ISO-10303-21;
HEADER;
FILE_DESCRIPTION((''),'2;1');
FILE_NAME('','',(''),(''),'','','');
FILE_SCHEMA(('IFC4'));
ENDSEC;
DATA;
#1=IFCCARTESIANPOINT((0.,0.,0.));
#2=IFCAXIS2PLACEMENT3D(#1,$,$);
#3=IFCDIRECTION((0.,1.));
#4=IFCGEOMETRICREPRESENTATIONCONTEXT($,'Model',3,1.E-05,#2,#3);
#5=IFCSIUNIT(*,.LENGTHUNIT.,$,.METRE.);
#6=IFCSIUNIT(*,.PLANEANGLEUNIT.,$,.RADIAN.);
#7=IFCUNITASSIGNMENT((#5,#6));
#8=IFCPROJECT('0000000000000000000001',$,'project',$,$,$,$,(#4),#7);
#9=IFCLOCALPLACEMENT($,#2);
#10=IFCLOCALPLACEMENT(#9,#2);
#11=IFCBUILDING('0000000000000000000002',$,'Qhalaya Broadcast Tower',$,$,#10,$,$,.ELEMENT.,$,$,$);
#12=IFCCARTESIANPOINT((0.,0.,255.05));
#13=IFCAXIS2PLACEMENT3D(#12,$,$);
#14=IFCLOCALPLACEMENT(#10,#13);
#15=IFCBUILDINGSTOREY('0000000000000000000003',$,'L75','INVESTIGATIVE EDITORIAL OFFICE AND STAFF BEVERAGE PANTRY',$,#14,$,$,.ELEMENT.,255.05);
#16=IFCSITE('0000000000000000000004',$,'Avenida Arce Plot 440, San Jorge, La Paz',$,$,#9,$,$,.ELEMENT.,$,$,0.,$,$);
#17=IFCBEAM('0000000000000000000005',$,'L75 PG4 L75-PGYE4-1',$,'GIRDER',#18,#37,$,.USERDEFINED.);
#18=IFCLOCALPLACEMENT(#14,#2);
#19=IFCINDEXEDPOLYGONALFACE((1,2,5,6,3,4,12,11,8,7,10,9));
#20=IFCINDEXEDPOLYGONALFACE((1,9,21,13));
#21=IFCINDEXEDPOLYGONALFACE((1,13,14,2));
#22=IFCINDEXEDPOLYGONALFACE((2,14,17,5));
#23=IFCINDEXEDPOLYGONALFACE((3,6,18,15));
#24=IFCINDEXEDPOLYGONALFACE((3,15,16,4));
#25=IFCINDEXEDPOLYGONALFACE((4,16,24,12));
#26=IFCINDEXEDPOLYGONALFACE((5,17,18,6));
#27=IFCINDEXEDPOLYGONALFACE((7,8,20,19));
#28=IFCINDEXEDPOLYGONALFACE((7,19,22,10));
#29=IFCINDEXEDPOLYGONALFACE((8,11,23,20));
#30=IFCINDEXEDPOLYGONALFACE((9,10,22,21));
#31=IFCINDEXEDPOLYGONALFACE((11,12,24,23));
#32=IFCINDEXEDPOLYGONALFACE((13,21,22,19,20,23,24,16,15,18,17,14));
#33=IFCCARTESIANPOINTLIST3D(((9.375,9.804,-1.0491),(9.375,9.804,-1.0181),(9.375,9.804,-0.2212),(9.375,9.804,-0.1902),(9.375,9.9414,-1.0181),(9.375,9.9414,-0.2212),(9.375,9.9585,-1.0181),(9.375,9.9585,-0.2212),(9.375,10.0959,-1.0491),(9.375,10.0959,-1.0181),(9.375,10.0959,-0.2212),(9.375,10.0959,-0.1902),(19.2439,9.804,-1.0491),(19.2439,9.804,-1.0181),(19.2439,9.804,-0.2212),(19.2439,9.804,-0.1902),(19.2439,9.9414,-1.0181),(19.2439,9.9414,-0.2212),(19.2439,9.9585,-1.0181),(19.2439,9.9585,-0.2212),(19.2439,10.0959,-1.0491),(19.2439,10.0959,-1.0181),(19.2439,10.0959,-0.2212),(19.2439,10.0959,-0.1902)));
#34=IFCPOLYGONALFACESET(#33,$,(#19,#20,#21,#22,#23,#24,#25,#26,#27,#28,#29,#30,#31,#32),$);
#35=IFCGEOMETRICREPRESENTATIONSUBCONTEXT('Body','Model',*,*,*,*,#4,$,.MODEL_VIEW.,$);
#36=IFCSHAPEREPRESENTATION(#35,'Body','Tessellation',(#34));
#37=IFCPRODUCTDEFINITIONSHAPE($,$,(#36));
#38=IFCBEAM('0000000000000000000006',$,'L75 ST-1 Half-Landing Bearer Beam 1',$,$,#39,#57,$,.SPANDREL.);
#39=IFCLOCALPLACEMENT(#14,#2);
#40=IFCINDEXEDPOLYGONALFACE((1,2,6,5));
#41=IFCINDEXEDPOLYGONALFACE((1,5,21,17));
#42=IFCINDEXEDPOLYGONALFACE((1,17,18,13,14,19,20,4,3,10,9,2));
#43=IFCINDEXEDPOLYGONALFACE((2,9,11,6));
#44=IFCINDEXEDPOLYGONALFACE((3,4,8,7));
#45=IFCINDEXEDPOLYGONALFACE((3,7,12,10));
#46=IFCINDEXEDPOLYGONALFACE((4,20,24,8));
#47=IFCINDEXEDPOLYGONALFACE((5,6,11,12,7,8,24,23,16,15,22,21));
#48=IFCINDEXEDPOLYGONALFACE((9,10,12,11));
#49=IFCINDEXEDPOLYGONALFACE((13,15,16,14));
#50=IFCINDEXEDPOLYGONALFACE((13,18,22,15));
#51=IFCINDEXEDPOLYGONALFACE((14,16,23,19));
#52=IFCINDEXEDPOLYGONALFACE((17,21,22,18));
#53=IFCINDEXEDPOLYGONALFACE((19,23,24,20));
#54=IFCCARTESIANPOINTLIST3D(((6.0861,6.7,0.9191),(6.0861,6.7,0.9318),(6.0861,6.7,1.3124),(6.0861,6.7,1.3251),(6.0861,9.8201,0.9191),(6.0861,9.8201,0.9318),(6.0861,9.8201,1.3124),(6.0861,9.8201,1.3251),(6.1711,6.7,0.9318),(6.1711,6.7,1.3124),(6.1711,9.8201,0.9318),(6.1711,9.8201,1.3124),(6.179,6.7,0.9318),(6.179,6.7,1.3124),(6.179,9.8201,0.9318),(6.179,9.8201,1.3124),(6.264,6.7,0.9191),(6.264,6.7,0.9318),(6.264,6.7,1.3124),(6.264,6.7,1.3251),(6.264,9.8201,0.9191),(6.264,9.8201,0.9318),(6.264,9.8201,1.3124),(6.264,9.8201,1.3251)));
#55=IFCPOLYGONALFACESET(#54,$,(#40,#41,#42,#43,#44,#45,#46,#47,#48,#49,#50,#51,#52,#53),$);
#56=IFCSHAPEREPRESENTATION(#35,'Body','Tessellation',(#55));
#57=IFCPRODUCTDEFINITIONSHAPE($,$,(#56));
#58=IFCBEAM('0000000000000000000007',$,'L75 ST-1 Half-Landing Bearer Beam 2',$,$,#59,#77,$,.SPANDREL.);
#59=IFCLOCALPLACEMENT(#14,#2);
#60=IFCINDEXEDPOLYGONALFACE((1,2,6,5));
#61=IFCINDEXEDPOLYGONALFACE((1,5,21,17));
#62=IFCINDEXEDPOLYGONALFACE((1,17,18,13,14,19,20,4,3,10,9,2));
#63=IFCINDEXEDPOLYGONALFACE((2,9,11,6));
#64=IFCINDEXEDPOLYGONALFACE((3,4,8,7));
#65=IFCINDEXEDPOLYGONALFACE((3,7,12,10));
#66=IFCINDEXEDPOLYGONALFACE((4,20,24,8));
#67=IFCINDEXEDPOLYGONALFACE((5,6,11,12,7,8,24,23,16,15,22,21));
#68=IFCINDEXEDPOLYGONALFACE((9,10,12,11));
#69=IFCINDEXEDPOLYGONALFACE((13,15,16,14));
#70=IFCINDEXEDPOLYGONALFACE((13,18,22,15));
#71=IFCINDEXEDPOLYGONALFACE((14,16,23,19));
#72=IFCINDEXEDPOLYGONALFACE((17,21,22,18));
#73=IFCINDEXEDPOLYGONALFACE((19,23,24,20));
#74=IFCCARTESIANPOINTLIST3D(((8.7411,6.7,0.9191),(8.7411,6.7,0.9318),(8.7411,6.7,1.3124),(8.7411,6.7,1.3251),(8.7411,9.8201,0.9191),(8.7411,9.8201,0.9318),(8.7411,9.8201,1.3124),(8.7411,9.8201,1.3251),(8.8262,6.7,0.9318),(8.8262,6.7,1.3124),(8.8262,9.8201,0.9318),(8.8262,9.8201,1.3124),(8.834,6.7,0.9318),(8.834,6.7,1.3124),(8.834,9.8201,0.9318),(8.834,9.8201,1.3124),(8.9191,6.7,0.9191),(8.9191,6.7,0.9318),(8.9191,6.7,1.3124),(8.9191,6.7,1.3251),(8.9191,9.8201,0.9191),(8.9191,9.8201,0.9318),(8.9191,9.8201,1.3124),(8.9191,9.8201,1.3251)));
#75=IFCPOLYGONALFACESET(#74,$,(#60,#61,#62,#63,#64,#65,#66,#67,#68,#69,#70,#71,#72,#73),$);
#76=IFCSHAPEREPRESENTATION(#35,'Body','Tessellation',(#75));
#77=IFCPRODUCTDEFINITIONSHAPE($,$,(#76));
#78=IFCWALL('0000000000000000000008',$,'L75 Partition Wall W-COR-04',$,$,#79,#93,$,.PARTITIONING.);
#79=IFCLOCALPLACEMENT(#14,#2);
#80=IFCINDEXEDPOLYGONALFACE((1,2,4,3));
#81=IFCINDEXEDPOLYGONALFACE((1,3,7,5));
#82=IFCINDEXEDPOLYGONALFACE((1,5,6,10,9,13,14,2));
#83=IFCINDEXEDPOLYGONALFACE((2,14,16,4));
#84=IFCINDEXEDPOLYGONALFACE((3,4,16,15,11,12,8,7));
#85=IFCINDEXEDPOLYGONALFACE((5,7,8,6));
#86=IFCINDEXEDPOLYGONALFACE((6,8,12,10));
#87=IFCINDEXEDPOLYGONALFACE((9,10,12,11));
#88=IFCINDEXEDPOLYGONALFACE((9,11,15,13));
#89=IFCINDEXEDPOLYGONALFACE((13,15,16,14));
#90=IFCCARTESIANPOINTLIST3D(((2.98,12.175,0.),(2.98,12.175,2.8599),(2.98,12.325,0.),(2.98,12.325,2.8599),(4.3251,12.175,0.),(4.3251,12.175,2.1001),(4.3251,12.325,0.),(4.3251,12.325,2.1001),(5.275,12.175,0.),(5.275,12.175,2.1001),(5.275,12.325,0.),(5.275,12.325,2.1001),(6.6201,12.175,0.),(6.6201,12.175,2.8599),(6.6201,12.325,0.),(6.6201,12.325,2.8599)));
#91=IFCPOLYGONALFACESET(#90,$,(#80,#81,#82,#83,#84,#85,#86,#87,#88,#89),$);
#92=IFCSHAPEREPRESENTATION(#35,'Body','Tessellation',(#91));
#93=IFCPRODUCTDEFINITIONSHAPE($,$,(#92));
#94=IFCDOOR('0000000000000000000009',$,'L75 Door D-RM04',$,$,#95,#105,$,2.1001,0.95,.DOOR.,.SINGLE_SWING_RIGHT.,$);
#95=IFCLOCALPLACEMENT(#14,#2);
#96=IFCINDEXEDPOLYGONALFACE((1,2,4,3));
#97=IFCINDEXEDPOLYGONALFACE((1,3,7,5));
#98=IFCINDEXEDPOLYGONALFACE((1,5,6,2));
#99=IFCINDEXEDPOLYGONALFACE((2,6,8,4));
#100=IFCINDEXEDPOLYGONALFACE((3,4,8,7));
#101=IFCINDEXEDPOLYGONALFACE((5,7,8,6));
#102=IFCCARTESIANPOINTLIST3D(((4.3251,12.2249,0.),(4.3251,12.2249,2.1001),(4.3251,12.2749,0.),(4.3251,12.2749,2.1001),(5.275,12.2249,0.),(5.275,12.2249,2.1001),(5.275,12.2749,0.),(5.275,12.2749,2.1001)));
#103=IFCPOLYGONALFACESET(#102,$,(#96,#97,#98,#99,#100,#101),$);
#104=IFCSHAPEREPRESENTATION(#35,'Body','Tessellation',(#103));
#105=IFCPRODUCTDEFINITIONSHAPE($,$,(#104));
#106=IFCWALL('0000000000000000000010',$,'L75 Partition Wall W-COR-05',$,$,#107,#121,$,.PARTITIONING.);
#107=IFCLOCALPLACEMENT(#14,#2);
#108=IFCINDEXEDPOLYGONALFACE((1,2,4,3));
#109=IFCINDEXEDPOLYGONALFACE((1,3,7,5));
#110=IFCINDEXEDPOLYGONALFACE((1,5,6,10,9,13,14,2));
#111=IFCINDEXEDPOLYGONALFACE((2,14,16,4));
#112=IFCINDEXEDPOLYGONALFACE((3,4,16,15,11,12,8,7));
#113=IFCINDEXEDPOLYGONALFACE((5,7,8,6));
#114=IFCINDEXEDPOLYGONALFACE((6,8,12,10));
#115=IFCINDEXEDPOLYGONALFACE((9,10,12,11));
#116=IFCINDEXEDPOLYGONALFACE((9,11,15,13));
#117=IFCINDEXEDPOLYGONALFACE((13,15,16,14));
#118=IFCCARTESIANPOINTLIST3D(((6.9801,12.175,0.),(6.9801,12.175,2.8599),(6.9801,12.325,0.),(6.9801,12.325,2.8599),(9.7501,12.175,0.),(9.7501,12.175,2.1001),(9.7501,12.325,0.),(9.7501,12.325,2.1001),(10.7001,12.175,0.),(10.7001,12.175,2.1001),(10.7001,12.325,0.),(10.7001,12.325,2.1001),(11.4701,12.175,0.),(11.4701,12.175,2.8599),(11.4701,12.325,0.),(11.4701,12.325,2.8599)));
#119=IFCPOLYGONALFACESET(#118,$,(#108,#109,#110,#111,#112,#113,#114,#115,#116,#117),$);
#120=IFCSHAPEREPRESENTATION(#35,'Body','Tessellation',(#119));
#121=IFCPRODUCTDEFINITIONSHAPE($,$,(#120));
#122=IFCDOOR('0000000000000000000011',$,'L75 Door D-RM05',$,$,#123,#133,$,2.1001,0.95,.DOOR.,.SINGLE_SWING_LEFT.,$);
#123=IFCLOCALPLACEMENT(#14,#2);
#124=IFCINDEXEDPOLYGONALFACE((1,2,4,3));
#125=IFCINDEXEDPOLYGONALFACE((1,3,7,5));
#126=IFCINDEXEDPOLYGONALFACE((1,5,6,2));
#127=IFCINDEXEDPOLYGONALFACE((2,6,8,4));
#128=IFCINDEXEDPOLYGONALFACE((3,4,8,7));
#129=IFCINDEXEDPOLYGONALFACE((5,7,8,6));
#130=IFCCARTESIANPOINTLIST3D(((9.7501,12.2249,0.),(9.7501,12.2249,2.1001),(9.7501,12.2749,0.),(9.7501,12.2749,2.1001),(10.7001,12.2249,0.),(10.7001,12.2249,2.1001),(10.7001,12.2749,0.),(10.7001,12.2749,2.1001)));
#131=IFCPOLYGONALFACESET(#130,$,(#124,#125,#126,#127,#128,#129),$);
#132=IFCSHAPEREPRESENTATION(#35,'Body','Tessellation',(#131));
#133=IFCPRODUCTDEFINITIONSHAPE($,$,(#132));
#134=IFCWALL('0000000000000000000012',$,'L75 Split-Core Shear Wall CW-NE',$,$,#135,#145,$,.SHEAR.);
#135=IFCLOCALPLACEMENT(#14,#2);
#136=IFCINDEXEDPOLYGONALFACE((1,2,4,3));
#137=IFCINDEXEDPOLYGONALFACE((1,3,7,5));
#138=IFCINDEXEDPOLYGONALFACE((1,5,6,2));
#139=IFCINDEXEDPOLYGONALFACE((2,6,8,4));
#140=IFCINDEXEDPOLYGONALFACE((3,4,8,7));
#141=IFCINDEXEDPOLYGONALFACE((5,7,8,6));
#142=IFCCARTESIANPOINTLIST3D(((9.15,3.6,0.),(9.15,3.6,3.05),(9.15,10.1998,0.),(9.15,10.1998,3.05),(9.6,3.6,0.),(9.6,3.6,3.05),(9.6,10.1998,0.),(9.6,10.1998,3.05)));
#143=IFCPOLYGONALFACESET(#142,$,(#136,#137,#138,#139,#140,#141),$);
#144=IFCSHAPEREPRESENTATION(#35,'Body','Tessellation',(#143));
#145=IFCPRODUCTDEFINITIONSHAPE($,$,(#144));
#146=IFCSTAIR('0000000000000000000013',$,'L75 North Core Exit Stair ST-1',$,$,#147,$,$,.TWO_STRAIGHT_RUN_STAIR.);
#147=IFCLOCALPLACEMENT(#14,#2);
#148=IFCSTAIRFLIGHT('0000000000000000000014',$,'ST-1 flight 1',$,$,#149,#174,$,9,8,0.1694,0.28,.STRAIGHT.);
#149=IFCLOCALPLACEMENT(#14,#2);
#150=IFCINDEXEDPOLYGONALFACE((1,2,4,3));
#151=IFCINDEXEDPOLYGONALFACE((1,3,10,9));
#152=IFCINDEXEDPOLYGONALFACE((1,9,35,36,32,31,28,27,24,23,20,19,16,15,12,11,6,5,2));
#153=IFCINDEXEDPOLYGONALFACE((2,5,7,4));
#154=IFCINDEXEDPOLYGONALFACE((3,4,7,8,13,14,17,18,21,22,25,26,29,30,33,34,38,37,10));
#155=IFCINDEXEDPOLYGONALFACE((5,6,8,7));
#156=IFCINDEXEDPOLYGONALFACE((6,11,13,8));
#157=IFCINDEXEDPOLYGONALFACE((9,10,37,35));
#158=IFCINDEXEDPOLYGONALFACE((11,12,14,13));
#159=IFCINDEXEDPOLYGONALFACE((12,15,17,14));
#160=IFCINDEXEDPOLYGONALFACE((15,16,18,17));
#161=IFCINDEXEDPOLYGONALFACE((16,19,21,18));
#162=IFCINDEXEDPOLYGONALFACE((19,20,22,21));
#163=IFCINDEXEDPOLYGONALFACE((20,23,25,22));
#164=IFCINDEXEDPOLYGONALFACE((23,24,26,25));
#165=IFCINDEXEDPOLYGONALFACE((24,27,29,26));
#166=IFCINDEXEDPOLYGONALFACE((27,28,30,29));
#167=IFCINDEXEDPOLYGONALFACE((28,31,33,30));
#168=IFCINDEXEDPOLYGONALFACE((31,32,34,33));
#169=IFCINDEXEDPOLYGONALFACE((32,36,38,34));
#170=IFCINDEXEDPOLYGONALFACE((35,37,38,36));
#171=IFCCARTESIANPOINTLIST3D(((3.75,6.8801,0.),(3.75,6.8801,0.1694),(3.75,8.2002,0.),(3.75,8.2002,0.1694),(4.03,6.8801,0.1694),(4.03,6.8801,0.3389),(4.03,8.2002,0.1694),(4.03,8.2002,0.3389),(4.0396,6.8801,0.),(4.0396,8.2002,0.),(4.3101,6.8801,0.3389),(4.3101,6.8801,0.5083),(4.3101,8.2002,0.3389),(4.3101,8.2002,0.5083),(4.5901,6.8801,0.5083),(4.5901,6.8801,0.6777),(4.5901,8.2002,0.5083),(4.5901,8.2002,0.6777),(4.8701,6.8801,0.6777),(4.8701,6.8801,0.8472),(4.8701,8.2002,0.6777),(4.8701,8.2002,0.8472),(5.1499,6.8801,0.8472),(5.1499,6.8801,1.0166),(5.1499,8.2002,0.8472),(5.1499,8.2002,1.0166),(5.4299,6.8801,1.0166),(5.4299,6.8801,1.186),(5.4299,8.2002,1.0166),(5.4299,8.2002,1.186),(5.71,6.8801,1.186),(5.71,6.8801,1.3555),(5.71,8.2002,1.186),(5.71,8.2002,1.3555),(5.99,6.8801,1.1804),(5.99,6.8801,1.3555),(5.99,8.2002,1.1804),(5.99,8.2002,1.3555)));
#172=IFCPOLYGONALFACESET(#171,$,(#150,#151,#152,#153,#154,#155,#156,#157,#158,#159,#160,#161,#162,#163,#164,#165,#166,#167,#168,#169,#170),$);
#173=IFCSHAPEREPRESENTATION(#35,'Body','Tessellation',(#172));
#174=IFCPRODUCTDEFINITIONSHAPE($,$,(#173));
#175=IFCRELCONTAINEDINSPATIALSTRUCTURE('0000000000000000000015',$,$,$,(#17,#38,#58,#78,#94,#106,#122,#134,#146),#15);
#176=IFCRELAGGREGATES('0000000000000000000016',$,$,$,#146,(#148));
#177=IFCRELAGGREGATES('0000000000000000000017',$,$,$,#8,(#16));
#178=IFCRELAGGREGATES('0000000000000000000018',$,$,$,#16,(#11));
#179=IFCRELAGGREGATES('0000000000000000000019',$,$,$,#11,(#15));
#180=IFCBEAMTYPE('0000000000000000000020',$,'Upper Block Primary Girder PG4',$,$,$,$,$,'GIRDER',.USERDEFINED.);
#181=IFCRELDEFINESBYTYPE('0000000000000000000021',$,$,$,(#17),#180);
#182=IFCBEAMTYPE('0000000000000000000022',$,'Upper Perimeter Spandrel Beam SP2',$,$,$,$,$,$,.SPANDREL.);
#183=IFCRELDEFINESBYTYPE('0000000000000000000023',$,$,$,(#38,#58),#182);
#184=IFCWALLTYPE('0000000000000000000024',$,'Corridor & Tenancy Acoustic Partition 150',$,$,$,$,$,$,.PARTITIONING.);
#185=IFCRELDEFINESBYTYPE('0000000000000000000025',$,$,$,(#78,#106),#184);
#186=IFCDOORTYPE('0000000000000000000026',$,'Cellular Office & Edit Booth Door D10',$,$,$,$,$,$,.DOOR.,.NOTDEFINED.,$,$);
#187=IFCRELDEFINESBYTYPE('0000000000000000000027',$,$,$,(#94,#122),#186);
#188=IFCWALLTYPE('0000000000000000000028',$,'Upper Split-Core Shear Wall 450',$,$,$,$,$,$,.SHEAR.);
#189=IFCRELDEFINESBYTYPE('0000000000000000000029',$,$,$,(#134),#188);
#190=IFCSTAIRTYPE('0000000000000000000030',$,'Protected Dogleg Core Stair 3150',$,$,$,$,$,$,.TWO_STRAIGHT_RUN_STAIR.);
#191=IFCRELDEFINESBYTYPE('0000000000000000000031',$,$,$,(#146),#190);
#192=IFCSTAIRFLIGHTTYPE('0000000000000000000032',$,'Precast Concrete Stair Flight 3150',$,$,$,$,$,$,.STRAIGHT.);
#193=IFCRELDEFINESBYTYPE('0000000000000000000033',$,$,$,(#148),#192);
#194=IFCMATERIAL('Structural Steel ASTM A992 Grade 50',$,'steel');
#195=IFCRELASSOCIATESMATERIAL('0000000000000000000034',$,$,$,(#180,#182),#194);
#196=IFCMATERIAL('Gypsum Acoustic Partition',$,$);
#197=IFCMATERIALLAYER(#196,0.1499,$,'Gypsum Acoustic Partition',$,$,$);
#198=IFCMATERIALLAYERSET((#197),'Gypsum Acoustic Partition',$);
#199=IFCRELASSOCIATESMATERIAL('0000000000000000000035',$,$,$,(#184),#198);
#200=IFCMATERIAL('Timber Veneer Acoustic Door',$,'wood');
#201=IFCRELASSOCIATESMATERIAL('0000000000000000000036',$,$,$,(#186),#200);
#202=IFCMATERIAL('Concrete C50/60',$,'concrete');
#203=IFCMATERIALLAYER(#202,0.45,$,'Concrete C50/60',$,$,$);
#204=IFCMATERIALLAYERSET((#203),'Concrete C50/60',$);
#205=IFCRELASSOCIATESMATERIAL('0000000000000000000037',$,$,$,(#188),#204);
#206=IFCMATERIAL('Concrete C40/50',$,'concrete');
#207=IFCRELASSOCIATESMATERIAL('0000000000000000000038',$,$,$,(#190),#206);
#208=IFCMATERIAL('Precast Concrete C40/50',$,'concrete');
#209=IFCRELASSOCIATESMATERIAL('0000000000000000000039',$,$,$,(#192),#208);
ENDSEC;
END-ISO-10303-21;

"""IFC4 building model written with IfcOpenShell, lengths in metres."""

from ifc_helpers import new_model, si_unit, direction, frame, frame_2d, origin, origin_2d, place, context, subcontext, project, spatial, polyline, rectangle, i_section, outline, extrude, material, layer, layer_set, material_profile, profile_set, type_object, element, fill, aggregate, save


model = new_model("IFC4")

# Units and contexts
model_context = context("Model", 3, precision=1e-05, world=origin(), true_north=direction((0.0, 1.0)))
body_context = subcontext(model_context, "Body", "Model", "MODEL_VIEW")
ifc_project = project(units=[si_unit("LENGTHUNIT", "METRE"), si_unit("PLANEANGLEUNIT", "RADIAN")], contexts=[model_context])

# Site, building, storey
site_placement = place(None, origin())
site = spatial("IfcSite", under=ifc_project, at=site_placement, Name="Avenida Arce Plot 440, San Jorge, La Paz", CompositionType="ELEMENT", RefElevation=0.0)
building_placement = place(site_placement, origin())
building = spatial("IfcBuilding", under=site, at=building_placement, Name="Qhalaya Broadcast Tower", CompositionType="ELEMENT")
storey_placement = place(building_placement, frame((0.0, 0.0, 255.05)))
storey = spatial("IfcBuildingStorey", under=building, at=storey_placement, Name="L75", Description="INVESTIGATIVE EDITORIAL OFFICE AND STAFF BEVERAGE PANTRY", CompositionType="ELEMENT", Elevation=255.05)

# Shared definitions
ifc_material_1 = material(Name="Concrete C50/60", Category="concrete")

# Beams
ifc_material_2 = material(Name="Structural Steel ASTM A992 Grade 50", Category="steel")
ifc_material_profile_1 = material_profile(ifc_material_2, i_section(OverallWidth=0.292, OverallDepth=0.8589, WebThickness=0.0171, FlangeThickness=0.031, at=origin_2d()), Name="W33X169")
ifc_profile_set_1 = profile_set([ifc_material_profile_1], Name="Structural Steel ASTM A992 Grade 50")
beam_type_1 = type_object("IfcBeamType", Name="Upper Block Primary Girder PG4", ElementType="GIRDER", PredefinedType="USERDEFINED", material=ifc_profile_set_1)
beam_1_placement = place(storey_placement, frame((9.375, 9.95, -0.6196), z_axis=(1.0, 0.0, 0.0), x_axis=(0.0, 1.0, 0.0)))
element("IfcBeam", 1, at=beam_1_placement, inside=storey, type_object=beam_type_1, Name="L75 PG4 L75-PGYE4-1", ObjectType="GIRDER", PredefinedType="USERDEFINED", context=body_context, shape_type="SweptSolid", body=[
    extrude(i_section(OverallWidth=0.292, OverallDepth=0.8589, WebThickness=0.0171, FlangeThickness=0.031, at=origin_2d()), origin(), (0.0, 0.0, 1.0), 9.8689),
])
ifc_material_profile_2 = material_profile(ifc_material_2, i_section(OverallWidth=0.178, OverallDepth=0.406, WebThickness=0.0078, FlangeThickness=0.0127, at=origin_2d()), Name="W16X40")
ifc_profile_set_2 = profile_set([ifc_material_profile_2], Name="Structural Steel ASTM A992 Grade 50")
beam_type_2 = type_object("IfcBeamType", Name="Upper Perimeter Spandrel Beam SP2", PredefinedType="SPANDREL", material=ifc_profile_set_2)
for number, where, z_axis, x_axis, name in (
    (2, (6.175, 6.7, 1.1221), (0.0, 1.0, 0.0), (-1.0, 0.0, 0.0), "L75 ST-1 Half-Landing Bearer Beam 1"),
    (3, (8.8301, 6.7, 1.1221), (0.0, 1.0, 0.0), (-1.0, 0.0, 0.0), "L75 ST-1 Half-Landing Bearer Beam 2"),
):
    element("IfcBeam", number, at=place(storey_placement, frame(where, z_axis=z_axis, x_axis=x_axis)), inside=storey, type_object=beam_type_2, Name=name, PredefinedType="SPANDREL", context=body_context, shape_type="SweptSolid", body=[
        extrude(i_section(OverallWidth=0.178, OverallDepth=0.406, WebThickness=0.0078, FlangeThickness=0.0127, at=origin_2d()), origin(), (0.0, 0.0, 1.0), 3.1201),
    ])

# Walls, openings, doors
ifc_material_3 = material(Name="Gypsum Acoustic Partition")
ifc_layer_1 = layer(ifc_material_3, 0.1499, Name="Gypsum Acoustic Partition")
ifc_layer_set_1 = layer_set([ifc_layer_1], Name="Gypsum Acoustic Partition")
wall_type_1 = type_object("IfcWallType", Name="Corridor & Tenancy Acoustic Partition 150", PredefinedType="PARTITIONING", material=ifc_layer_set_1)
wall_1_placement = place(storey_placement, frame((2.98, 12.25, 0.0), z_axis=(0.0, 0.0, 1.0), x_axis=(1.0, 0.0, 0.0)))
wall_1 = element("IfcWall", 4, at=wall_1_placement, inside=storey, type_object=wall_type_1, Name="L75 Partition Wall W-COR-04", PredefinedType="PARTITIONING", context=body_context, shape_type="SweptSolid", body=[
    extrude(rectangle(XDim=3.6401, YDim=0.1499, at=frame_2d((1.8201, 0.0))), origin(), (0.0, 0.0, 1.0), 2.8599),
])
opening_1_placement = place(wall_1_placement, frame((1.345, 0.0, 0.0)))
opening_1 = element("IfcOpeningElement", 5, at=opening_1_placement, cuts=wall_1, PredefinedType="OPENING", context=body_context, shape_type="SweptSolid", body=[
    extrude(rectangle(XDim=0.95, YDim=2.1001, at=frame_2d((0.4751, 1.05))), frame((0.0, 0.0869, 0.0), z_axis=(0.0, -1.0, 0.0), x_axis=(1.0, 0.0, 0.0)), (0.0, 0.0, 1.0), 0.1738),
])
ifc_material_4 = material(Name="Timber Veneer Acoustic Door", Category="wood")
door_type = type_object("IfcDoorType", Name="Cellular Office & Edit Booth Door D10", OperationType="NOTDEFINED", PredefinedType="DOOR", material=ifc_material_4)
door_1_placement = place(opening_1_placement, origin())
door_1 = element("IfcDoor", 6, at=door_1_placement, inside=storey, type_object=door_type, Name="L75 Door D-RM04", OperationType="SINGLE_SWING_RIGHT", OverallHeight=2.1001, OverallWidth=0.95, PredefinedType="DOOR", context=body_context, shape_type="SweptSolid", body=[
    extrude(rectangle(XDim=0.95, YDim=2.1001, at=frame_2d((0.4751, 1.05))), frame((0.0, 0.0249, 0.0), z_axis=(0.0, -1.0, 0.0), x_axis=(1.0, 0.0, 0.0)), (0.0, 0.0, 1.0), 0.05),
])
fill(opening_1, door_1)
wall_2_placement = place(storey_placement, frame((6.98, 12.25, 0.0), z_axis=(0.0, 0.0, 1.0), x_axis=(1.0, 0.0, 0.0)))
wall_2 = element("IfcWall", 7, at=wall_2_placement, inside=storey, type_object=wall_type_1, Name="L75 Partition Wall W-COR-05", PredefinedType="PARTITIONING", context=body_context, shape_type="SweptSolid", body=[
    extrude(rectangle(XDim=4.49, YDim=0.1499, at=frame_2d((2.2451, 0.0))), origin(), (0.0, 0.0, 1.0), 2.8599),
])
opening_2_placement = place(wall_2_placement, frame((2.77, 0.0, 0.0)))
opening_2 = element("IfcOpeningElement", 8, at=opening_2_placement, cuts=wall_2, PredefinedType="OPENING", context=body_context, shape_type="SweptSolid", body=[
    extrude(rectangle(XDim=0.95, YDim=2.1001, at=frame_2d((0.4751, 1.05))), frame((0.0, 0.0869, 0.0), z_axis=(0.0, -1.0, 0.0), x_axis=(1.0, 0.0, 0.0)), (0.0, 0.0, 1.0), 0.1738),
])
door_2_placement = place(opening_2_placement, origin())
door_2 = element("IfcDoor", 9, at=door_2_placement, inside=storey, type_object=door_type, Name="L75 Door D-RM05", OperationType="SINGLE_SWING_LEFT", OverallHeight=2.1001, OverallWidth=0.95, PredefinedType="DOOR", context=body_context, shape_type="SweptSolid", body=[
    extrude(rectangle(XDim=0.95, YDim=2.1001, at=frame_2d((0.4751, 1.05))), frame((0.0, 0.0249, 0.0), z_axis=(0.0, -1.0, 0.0), x_axis=(1.0, 0.0, 0.0)), (0.0, 0.0, 1.0), 0.05),
])
fill(opening_2, door_2)

# Wall
ifc_layer_2 = layer(ifc_material_1, 0.45, Name="Concrete C50/60")
ifc_layer_set_2 = layer_set([ifc_layer_2], Name="Concrete C50/60")
wall_type_2 = type_object("IfcWallType", Name="Upper Split-Core Shear Wall 450", PredefinedType="SHEAR", material=ifc_layer_set_2)
wall_3_placement = place(storey_placement, frame((9.375, 3.6001, 0.0), z_axis=(0.0, 0.0, 1.0), x_axis=(0.0, 1.0, 0.0)))
element("IfcWall", 10, at=wall_3_placement, inside=storey, type_object=wall_type_2, Name="L75 Split-Core Shear Wall CW-NE", PredefinedType="SHEAR", context=body_context, shape_type="SweptSolid", body=[
    extrude(rectangle(XDim=6.5999, YDim=0.45, at=frame_2d((3.2998, 0.0))), origin(), (0.0, 0.0, 1.0), 3.05),
])

# Stair, stair flight
ifc_material_5 = material(Name="Concrete C40/50", Category="concrete")
stair_type = type_object("IfcStairType", Name="Protected Dogleg Core Stair 3150", PredefinedType="TWO_STRAIGHT_RUN_STAIR", material=ifc_material_5)
stair_placement = place(storey_placement, origin())
stair = element("IfcStair", 11, at=stair_placement, inside=storey, type_object=stair_type, Name="L75 North Core Exit Stair ST-1", PredefinedType="TWO_STRAIGHT_RUN_STAIR")
ifc_material_6 = material(Name="Precast Concrete C40/50", Category="concrete")
stair_flight_type = type_object("IfcStairFlightType", Name="Precast Concrete Stair Flight 3150", PredefinedType="STRAIGHT", material=ifc_material_6)
stair_flight_1_placement = place(storey_placement, frame((3.75, 7.54, 0.0), z_axis=(0.0, 0.0, 1.0), x_axis=(1.0, 0.0, 0.0)))
stair_flight_1 = element("IfcStairFlight", 12, at=stair_flight_1_placement, type_object=stair_flight_type, Name="ST-1 flight 1", NumberOfRisers=9, NumberOfTreads=8, PredefinedType="STRAIGHT", RiserHeight=0.1694, TreadLength=0.28, context=body_context, shape_type="SweptSolid", body=[
    extrude(outline(polyline([(0.0, 0.0), (0.0, 0.1694), (0.28, 0.1694), (0.28, 0.3389), (0.5601, 0.3389), (0.5601, 0.5083), (0.8401, 0.5083), (0.8401, 0.6777), (1.1201, 0.6777), (1.1201, 0.8472), (1.3999, 0.8472), (1.3999, 1.0166), (1.6799, 1.0166), (1.6799, 1.186), (1.96, 1.186), (1.96, 1.3555), (2.24, 1.3555), (2.24, 1.5249), (2.24, 1.1804), (0.2896, 0.0), (0.0, 0.0)])), frame((0.0, 0.6602, 0.0), z_axis=(0.0, -1.0, 0.0), x_axis=(1.0, 0.0, 0.0)), (0.0, 0.0, 1.0), 1.3201),
])
aggregate(stair, [stair_flight_1])

save(model, "model.ifc")
